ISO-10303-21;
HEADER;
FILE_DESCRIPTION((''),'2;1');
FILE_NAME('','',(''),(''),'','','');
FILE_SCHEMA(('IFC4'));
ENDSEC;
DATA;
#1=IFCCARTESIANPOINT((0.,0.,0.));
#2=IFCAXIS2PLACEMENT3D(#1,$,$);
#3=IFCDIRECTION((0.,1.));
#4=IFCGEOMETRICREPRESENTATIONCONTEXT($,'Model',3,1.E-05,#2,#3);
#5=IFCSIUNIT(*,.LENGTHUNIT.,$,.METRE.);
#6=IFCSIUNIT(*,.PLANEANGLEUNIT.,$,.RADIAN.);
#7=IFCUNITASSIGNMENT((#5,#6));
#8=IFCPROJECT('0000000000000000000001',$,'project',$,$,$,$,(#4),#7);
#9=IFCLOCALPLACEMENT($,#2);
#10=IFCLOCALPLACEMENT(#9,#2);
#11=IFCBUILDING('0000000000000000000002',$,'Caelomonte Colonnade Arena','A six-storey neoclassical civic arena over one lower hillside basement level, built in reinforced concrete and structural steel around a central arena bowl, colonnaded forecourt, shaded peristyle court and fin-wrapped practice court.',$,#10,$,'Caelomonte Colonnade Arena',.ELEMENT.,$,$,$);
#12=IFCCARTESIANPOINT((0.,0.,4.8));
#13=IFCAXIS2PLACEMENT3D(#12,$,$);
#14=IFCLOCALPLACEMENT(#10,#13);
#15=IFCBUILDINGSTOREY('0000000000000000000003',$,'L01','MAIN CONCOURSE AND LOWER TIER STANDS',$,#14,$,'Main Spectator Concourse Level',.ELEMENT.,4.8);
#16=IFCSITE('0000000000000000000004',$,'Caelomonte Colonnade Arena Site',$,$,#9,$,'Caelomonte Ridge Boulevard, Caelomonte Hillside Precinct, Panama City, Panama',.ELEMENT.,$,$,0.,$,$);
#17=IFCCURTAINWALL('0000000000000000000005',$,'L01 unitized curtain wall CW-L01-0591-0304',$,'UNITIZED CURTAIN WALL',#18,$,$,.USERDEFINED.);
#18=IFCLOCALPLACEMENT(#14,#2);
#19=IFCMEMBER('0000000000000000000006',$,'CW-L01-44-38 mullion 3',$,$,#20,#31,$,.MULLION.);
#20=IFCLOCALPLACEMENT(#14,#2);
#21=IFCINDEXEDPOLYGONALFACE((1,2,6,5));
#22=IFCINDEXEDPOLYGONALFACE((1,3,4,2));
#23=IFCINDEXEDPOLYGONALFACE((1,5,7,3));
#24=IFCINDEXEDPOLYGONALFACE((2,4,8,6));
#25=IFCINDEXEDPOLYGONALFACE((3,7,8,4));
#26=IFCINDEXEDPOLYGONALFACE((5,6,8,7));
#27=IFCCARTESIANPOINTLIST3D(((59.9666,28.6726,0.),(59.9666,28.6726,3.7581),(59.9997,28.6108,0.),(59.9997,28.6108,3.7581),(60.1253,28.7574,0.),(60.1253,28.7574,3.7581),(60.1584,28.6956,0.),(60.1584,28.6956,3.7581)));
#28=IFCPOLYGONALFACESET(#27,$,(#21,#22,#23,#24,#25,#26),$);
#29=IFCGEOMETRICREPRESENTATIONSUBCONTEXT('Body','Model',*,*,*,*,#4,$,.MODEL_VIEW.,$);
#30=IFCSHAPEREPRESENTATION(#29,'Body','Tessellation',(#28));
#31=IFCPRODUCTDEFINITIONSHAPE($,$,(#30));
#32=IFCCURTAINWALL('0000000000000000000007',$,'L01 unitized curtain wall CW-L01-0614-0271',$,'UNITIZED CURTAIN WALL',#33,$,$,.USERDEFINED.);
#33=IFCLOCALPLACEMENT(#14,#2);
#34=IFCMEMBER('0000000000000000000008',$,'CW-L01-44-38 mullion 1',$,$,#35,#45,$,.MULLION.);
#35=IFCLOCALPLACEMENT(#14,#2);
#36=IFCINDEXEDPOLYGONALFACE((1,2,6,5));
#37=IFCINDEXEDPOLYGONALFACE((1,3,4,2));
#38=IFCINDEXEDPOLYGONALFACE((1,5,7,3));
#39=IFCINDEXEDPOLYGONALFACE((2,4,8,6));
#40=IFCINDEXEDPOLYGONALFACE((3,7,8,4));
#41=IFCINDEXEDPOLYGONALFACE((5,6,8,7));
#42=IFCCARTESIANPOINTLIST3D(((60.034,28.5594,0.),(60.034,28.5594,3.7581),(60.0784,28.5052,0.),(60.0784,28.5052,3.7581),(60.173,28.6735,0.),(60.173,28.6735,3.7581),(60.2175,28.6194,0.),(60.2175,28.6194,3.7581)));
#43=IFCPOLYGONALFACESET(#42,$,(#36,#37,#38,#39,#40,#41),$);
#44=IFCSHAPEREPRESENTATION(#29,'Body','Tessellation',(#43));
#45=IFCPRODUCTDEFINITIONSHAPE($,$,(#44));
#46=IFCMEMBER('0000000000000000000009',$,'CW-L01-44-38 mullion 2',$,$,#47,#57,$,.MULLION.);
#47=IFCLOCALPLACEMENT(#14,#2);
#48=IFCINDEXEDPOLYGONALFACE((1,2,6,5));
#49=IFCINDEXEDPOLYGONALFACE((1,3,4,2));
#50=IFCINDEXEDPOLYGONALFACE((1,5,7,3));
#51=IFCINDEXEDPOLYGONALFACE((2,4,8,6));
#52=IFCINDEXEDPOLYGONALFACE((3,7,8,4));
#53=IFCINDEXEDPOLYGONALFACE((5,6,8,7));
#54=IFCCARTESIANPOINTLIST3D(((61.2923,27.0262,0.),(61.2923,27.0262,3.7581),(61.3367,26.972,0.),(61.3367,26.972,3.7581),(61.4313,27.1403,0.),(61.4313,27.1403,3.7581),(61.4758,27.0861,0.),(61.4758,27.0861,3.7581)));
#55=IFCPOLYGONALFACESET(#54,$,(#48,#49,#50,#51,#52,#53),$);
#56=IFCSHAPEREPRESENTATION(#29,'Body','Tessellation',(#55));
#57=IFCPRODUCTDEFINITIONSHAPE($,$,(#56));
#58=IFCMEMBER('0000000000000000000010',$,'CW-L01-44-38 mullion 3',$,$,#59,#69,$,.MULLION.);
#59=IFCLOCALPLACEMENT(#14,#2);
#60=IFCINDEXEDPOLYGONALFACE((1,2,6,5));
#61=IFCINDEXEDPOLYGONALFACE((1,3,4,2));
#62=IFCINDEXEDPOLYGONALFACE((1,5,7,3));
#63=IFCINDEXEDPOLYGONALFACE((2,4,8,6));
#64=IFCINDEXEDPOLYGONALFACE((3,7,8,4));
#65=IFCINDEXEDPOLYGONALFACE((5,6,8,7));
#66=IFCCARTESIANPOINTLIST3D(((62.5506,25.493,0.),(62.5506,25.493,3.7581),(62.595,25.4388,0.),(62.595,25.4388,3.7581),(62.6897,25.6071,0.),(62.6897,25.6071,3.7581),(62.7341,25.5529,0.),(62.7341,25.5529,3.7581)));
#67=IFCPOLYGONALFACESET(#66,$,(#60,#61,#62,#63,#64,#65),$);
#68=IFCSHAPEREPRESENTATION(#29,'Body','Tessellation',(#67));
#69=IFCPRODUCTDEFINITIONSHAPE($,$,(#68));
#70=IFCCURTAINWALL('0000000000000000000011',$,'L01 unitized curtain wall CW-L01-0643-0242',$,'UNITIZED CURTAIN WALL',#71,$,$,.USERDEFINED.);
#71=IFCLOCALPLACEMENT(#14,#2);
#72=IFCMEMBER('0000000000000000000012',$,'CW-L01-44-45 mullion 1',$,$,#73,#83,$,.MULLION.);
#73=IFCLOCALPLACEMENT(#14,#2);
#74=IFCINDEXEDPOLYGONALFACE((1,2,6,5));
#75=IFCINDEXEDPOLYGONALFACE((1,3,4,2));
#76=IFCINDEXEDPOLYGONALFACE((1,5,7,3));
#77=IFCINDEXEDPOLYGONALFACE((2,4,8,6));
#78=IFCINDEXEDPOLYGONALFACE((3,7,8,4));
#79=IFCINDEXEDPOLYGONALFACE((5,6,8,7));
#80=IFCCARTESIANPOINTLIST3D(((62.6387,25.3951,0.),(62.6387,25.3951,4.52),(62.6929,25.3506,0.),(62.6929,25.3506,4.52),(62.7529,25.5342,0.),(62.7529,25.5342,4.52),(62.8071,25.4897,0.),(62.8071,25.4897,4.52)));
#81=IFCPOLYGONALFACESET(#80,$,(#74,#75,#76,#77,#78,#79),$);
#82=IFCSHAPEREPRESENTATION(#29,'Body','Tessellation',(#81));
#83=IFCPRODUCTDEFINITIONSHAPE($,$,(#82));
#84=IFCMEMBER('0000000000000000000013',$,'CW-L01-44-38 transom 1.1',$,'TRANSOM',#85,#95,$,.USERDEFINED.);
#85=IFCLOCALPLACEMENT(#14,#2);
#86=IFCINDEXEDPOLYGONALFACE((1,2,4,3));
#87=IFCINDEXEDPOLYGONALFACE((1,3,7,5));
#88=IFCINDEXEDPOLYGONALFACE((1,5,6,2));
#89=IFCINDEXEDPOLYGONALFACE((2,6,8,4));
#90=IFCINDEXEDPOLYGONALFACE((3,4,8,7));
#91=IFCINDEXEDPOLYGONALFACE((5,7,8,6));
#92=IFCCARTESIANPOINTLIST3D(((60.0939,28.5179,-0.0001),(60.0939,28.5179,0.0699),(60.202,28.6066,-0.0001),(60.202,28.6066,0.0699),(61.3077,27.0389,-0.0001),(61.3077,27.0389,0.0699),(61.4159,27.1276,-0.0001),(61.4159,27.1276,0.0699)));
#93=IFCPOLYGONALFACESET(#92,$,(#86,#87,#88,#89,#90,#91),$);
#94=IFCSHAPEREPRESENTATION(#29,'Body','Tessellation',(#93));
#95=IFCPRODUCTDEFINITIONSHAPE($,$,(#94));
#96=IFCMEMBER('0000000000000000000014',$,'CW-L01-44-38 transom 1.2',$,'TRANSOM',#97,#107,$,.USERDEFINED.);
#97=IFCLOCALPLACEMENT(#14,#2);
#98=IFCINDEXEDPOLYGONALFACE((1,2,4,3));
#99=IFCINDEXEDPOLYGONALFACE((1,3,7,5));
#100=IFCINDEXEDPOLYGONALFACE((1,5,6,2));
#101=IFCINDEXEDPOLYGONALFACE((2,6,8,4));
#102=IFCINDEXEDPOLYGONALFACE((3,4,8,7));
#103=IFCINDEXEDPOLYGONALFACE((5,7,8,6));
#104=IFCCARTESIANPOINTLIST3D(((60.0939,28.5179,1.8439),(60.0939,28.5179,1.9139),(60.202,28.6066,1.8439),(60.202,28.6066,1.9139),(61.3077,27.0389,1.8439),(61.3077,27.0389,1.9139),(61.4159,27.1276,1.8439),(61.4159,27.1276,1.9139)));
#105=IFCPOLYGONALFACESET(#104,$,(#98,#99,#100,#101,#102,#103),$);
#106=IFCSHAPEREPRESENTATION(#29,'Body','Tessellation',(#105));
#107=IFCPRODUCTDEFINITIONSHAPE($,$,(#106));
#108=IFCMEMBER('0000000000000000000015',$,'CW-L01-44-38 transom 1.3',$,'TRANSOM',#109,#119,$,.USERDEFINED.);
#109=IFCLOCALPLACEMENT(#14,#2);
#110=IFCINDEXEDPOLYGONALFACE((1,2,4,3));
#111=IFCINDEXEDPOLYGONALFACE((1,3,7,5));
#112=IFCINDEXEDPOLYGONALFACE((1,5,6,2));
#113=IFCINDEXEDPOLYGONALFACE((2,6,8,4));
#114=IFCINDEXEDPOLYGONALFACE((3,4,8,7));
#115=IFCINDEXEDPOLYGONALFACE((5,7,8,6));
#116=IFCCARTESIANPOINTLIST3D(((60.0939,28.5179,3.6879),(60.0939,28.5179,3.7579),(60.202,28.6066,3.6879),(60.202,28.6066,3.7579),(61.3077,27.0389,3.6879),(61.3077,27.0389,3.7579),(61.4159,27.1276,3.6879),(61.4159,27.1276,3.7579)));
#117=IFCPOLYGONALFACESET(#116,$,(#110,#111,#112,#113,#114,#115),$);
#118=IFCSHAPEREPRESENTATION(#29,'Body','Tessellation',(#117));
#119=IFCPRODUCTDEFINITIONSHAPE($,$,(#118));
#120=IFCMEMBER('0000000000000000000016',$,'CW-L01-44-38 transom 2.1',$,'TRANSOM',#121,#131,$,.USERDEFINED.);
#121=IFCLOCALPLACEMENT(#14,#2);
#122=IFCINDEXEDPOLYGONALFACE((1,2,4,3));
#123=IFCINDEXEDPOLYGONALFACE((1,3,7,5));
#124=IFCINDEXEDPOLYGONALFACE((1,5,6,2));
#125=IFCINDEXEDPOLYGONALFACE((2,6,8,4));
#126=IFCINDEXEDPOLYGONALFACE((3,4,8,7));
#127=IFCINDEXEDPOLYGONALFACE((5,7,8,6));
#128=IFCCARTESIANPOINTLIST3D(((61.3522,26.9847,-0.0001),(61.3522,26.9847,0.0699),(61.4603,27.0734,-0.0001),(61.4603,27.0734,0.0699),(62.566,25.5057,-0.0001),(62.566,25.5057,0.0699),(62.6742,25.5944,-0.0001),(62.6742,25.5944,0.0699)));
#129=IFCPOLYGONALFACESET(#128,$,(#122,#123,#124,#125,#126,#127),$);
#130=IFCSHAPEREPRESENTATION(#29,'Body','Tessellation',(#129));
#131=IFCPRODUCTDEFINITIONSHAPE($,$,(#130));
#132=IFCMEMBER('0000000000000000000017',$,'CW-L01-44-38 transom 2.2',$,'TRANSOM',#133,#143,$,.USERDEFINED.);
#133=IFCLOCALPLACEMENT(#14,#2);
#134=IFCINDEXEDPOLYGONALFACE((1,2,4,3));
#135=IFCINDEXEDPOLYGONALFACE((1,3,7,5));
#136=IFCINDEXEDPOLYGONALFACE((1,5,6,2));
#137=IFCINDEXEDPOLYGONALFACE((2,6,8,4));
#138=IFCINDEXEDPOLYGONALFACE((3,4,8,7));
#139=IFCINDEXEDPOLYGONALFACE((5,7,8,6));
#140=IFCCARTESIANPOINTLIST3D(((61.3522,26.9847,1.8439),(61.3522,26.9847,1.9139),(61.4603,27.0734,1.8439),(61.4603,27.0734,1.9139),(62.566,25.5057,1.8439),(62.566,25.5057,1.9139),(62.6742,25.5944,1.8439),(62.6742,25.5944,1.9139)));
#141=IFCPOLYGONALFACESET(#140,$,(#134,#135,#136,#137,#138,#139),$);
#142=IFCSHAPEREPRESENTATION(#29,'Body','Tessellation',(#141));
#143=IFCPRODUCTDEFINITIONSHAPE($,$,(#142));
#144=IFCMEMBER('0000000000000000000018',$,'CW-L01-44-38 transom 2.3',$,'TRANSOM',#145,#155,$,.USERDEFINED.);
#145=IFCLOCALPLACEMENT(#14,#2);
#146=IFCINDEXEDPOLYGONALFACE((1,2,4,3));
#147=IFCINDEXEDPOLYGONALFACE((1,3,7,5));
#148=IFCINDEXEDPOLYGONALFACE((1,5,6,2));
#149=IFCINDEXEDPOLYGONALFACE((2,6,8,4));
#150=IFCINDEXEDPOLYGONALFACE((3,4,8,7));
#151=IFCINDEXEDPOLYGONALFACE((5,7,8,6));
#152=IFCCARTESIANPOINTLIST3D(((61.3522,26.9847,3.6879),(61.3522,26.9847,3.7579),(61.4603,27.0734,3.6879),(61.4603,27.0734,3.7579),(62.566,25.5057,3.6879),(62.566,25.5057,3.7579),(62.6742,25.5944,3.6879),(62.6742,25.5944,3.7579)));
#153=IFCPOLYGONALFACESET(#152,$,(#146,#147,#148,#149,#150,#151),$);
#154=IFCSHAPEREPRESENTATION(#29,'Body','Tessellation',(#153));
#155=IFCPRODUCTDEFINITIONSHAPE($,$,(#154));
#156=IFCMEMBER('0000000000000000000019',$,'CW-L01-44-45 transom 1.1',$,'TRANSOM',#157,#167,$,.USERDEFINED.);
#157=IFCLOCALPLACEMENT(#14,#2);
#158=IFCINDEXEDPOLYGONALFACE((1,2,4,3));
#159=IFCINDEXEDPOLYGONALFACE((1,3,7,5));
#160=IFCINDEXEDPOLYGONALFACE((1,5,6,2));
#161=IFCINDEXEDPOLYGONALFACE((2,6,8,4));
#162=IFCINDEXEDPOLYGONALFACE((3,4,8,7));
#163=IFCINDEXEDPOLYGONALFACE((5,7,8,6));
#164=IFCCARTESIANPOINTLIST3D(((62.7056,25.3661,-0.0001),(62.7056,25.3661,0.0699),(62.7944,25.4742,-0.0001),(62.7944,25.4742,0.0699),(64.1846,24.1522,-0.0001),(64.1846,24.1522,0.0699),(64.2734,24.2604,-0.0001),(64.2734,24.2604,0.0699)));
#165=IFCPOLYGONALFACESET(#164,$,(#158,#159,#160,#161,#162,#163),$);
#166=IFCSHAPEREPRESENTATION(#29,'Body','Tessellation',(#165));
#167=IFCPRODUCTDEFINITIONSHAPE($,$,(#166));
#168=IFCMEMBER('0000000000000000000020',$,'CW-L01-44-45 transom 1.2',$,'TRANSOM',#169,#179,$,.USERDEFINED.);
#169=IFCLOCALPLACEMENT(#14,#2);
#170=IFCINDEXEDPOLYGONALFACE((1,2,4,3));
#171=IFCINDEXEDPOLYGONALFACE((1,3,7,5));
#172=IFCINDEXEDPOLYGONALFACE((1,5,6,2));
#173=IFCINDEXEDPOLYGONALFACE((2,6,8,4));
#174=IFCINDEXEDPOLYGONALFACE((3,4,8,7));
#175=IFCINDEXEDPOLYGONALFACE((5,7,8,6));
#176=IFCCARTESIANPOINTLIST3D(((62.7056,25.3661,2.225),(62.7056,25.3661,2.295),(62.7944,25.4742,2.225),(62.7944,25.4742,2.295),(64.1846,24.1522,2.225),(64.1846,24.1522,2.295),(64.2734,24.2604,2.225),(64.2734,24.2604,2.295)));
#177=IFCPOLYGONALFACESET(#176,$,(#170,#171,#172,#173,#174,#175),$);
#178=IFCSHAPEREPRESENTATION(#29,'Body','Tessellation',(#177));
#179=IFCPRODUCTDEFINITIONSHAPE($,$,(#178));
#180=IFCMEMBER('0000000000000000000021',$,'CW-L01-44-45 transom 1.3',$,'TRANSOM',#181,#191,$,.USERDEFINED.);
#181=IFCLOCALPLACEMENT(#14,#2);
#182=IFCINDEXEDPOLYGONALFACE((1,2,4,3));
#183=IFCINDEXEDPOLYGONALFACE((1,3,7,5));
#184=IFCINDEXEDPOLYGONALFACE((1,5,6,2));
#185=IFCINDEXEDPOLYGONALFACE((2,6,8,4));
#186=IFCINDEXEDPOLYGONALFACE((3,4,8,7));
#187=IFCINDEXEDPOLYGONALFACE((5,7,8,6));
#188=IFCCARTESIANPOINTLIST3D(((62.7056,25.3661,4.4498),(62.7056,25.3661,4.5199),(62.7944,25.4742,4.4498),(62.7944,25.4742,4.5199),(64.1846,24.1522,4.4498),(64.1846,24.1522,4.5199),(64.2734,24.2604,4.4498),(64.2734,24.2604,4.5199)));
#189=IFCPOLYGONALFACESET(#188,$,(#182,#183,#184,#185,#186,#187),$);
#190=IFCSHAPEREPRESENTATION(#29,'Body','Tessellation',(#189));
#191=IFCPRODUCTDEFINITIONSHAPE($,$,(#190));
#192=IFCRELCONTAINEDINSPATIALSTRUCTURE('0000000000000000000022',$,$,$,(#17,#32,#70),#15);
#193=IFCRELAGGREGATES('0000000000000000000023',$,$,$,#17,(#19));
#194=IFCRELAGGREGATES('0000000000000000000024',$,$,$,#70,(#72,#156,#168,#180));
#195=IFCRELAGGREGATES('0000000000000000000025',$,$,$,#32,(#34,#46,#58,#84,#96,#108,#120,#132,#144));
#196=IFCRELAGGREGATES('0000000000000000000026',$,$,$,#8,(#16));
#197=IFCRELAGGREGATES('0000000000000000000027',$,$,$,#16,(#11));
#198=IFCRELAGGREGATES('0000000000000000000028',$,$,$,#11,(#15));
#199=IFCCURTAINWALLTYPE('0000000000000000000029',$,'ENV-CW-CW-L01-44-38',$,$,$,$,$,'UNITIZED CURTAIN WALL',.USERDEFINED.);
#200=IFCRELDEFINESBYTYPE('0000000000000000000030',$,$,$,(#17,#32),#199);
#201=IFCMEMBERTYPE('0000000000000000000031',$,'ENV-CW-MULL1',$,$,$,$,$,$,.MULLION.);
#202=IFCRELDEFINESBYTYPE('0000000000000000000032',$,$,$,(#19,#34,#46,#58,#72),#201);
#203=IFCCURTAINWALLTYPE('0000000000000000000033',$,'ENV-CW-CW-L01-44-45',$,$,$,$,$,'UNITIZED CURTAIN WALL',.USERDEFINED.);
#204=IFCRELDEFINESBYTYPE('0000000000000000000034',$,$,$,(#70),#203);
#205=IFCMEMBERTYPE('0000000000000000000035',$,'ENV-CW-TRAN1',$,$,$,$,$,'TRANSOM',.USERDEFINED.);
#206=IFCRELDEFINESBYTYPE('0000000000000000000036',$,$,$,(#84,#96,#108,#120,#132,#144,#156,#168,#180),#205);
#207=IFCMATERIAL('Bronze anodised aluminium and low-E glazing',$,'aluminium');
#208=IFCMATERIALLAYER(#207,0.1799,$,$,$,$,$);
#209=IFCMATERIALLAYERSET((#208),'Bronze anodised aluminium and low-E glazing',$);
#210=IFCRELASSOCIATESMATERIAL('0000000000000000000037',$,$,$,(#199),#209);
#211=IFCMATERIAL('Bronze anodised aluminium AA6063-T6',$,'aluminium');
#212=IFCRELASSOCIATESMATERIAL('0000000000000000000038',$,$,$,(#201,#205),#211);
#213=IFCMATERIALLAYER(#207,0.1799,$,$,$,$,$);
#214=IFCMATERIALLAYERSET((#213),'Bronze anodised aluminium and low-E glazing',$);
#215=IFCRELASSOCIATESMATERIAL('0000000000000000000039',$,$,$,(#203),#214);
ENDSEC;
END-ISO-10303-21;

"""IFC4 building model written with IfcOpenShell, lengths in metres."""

from ifc_helpers import new_model, si_unit, direction, frame, origin, origin_2d, place, context, subcontext, project, spatial, rectangle, extrude, material, layer, layer_set, material_profile, profile_set, type_object, element, aggregate, save


model = new_model("IFC4")

# Units and contexts
model_context = context("Model", 3, precision=1e-05, world=origin(), true_north=direction((0.0, 1.0)))
body_context = subcontext(model_context, "Body", "Model", "MODEL_VIEW")
ifc_project = project(units=[si_unit("LENGTHUNIT", "METRE"), si_unit("PLANEANGLEUNIT", "RADIAN")], contexts=[model_context])

# Site, building, storey
site_placement = place(None, origin())
site = spatial("IfcSite", under=ifc_project, at=site_placement, Name="Caelomonte Colonnade Arena Site", LongName="Caelomonte Ridge Boulevard, Caelomonte Hillside Precinct, Panama City, Panama", CompositionType="ELEMENT", RefElevation=0.0)
building_placement = place(site_placement, origin())
building = spatial("IfcBuilding", under=site, at=building_placement, Name="Caelomonte Colonnade Arena", Description="A six-storey neoclassical civic arena over one lower hillside basement level, built in reinforced concrete and structural steel around a central arena bowl, colonnaded forecourt, shaded peristyle court and fin-wrapped practice court.", LongName="Caelomonte Colonnade Arena", CompositionType="ELEMENT")
storey_placement = place(building_placement, frame((0.0, 0.0, 4.8)))
storey = spatial("IfcBuildingStorey", under=building, at=storey_placement, Name="L01", Description="MAIN CONCOURSE AND LOWER TIER STANDS", LongName="Main Spectator Concourse Level", CompositionType="ELEMENT", Elevation=4.8)

# Curtain wall, member
ifc_material_1 = material(Name="Bronze anodised aluminium and low-E glazing", Category="aluminium")
ifc_layer_1 = layer(ifc_material_1, 0.1799)
ifc_layer_set_1 = layer_set([ifc_layer_1], Name="Bronze anodised aluminium and low-E glazing")
curtain_wall_type_1 = type_object("IfcCurtainWallType", Name="ENV-CW-CW-L01-44-38", ElementType="UNITIZED CURTAIN WALL", PredefinedType="USERDEFINED", material=ifc_layer_set_1)
curtain_wall_1_placement = place(storey_placement, origin())
curtain_wall_1 = element("IfcCurtainWall", 1, at=curtain_wall_1_placement, inside=storey, type_object=curtain_wall_type_1, Name="L01 unitized curtain wall CW-L01-0591-0304", ObjectType="UNITIZED CURTAIN WALL", PredefinedType="USERDEFINED")
ifc_material_2 = material(Name="Bronze anodised aluminium AA6063-T6", Category="aluminium")
ifc_material_profile_1 = material_profile(ifc_material_2, rectangle(XDim=0.0701, YDim=0.1799, at=origin_2d()), Name="CWM-70X180")
ifc_profile_set_1 = profile_set([ifc_material_profile_1], Name="Bronze anodised aluminium AA6063-T6")
member_type_1 = type_object("IfcMemberType", Name="ENV-CW-MULL1", PredefinedType="MULLION", material=ifc_profile_set_1)
member_1_placement = place(storey_placement, frame((60.0625, 28.6841, 0.0), z_axis=(0.0, 0.0, 1.0), x_axis=(0.471394, -0.881923, 0.0)))
member_1 = element("IfcMember", 2, at=member_1_placement, type_object=member_type_1, Name="CW-L01-44-38 mullion 3", PredefinedType="MULLION", context=body_context, shape_type="SweptSolid", body=[
    extrude(rectangle(XDim=0.0701, YDim=0.1799, at=origin_2d()), origin(), (0.0, 0.0, 1.0), 3.7581),
])
aggregate(curtain_wall_1, [member_1])

# Curtain wall, members
curtain_wall_2_placement = place(storey_placement, origin())
curtain_wall_2 = element("IfcCurtainWall", 3, at=curtain_wall_2_placement, inside=storey, type_object=curtain_wall_type_1, Name="L01 unitized curtain wall CW-L01-0614-0271", ObjectType="UNITIZED CURTAIN WALL", PredefinedType="USERDEFINED")
member_2_placement = place(storey_placement, frame((60.1257, 28.5894, 0.0), z_axis=(0.0, 0.0, 1.0), x_axis=(0.634416, -0.772992, 0.0)))
member_2 = element("IfcMember", 4, at=member_2_placement, type_object=member_type_1, Name="CW-L01-44-38 mullion 1", PredefinedType="MULLION", context=body_context, shape_type="SweptSolid", body=[
    extrude(rectangle(XDim=0.0701, YDim=0.1799, at=origin_2d()), origin(), (0.0, 0.0, 1.0), 3.7581),
])
member_3_placement = place(storey_placement, frame((61.384, 27.0562, 0.0), z_axis=(0.0, 0.0, 1.0), x_axis=(0.634416, -0.772992, 0.0)))
member_3 = element("IfcMember", 5, at=member_3_placement, type_object=member_type_1, Name="CW-L01-44-38 mullion 2", PredefinedType="MULLION", context=body_context, shape_type="SweptSolid", body=[
    extrude(rectangle(XDim=0.0701, YDim=0.1799, at=origin_2d()), origin(), (0.0, 0.0, 1.0), 3.7581),
])
member_4_placement = place(storey_placement, frame((62.6423, 25.5229, 0.0), z_axis=(0.0, 0.0, 1.0), x_axis=(0.634416, -0.772992, 0.0)))
member_4 = element("IfcMember", 6, at=member_4_placement, type_object=member_type_1, Name="CW-L01-44-38 mullion 3", PredefinedType="MULLION", context=body_context, shape_type="SweptSolid", body=[
    extrude(rectangle(XDim=0.0701, YDim=0.1799, at=origin_2d()), origin(), (0.0, 0.0, 1.0), 3.7581),
])

# Curtain wall, member
ifc_layer_2 = layer(ifc_material_1, 0.1799)
ifc_layer_set_2 = layer_set([ifc_layer_2], Name="Bronze anodised aluminium and low-E glazing")
curtain_wall_type_2 = type_object("IfcCurtainWallType", Name="ENV-CW-CW-L01-44-45", ElementType="UNITIZED CURTAIN WALL", PredefinedType="USERDEFINED", material=ifc_layer_set_2)
curtain_wall_3_placement = place(storey_placement, origin())
curtain_wall_3 = element("IfcCurtainWall", 7, at=curtain_wall_3_placement, inside=storey, type_object=curtain_wall_type_2, Name="L01 unitized curtain wall CW-L01-0643-0242", ObjectType="UNITIZED CURTAIN WALL", PredefinedType="USERDEFINED")
member_5_placement = place(storey_placement, frame((62.7229, 25.4424, 0.0), z_axis=(0.0, 0.0, 1.0), x_axis=(0.772992, -0.634416, 0.0)))
member_5 = element("IfcMember", 8, at=member_5_placement, type_object=member_type_1, Name="CW-L01-44-45 mullion 1", PredefinedType="MULLION", context=body_context, shape_type="SweptSolid", body=[
    extrude(rectangle(XDim=0.0701, YDim=0.1799, at=origin_2d()), origin(), (0.0, 0.0, 1.0), 4.52),
])

# Members
ifc_material_profile_2 = material_profile(ifc_material_2, rectangle(XDim=0.0701, YDim=0.1399, at=origin_2d()), Name="CWT-70X140")
ifc_profile_set_2 = profile_set([ifc_material_profile_2], Name="Bronze anodised aluminium AA6063-T6")
member_type_2 = type_object("IfcMemberType", Name="ENV-CW-TRAN1", ElementType="TRANSOM", PredefinedType="USERDEFINED", material=ifc_profile_set_2)
member_6_placement = place(storey_placement, frame((60.1479, 28.5623, 0.0349), z_axis=(0.634418, -0.77299, 0.0), x_axis=(0.0, 0.0, 1.0)))
member_6 = element("IfcMember", 9, at=member_6_placement, type_object=member_type_2, Name="CW-L01-44-38 transom 1.1", ObjectType="TRANSOM", PredefinedType="USERDEFINED", context=body_context, shape_type="SweptSolid", body=[
    extrude(rectangle(XDim=0.0701, YDim=0.1399, at=origin_2d()), origin(), (0.0, 0.0, 1.0), 1.9133),
])
member_7_placement = place(storey_placement, frame((60.1479, 28.5623, 1.8789), z_axis=(0.634418, -0.77299, 0.0), x_axis=(0.0, 0.0, 1.0)))
member_7 = element("IfcMember", 10, at=member_7_placement, type_object=member_type_2, Name="CW-L01-44-38 transom 1.2", ObjectType="TRANSOM", PredefinedType="USERDEFINED", context=body_context, shape_type="SweptSolid", body=[
    extrude(rectangle(XDim=0.0701, YDim=0.1399, at=origin_2d()), origin(), (0.0, 0.0, 1.0), 1.9133),
])
member_8_placement = place(storey_placement, frame((60.1479, 28.5623, 3.7229), z_axis=(0.634418, -0.77299, 0.0), x_axis=(0.0, 0.0, 1.0)))
member_8 = element("IfcMember", 11, at=member_8_placement, type_object=member_type_2, Name="CW-L01-44-38 transom 1.3", ObjectType="TRANSOM", PredefinedType="USERDEFINED", context=body_context, shape_type="SweptSolid", body=[
    extrude(rectangle(XDim=0.0701, YDim=0.1399, at=origin_2d()), origin(), (0.0, 0.0, 1.0), 1.9133),
])
member_9_placement = place(storey_placement, frame((61.4062, 27.0291, 0.0349), z_axis=(0.634418, -0.77299, 0.0), x_axis=(0.0, 0.0, 1.0)))
member_9 = element("IfcMember", 12, at=member_9_placement, type_object=member_type_2, Name="CW-L01-44-38 transom 2.1", ObjectType="TRANSOM", PredefinedType="USERDEFINED", context=body_context, shape_type="SweptSolid", body=[
    extrude(rectangle(XDim=0.0701, YDim=0.1399, at=origin_2d()), origin(), (0.0, 0.0, 1.0), 1.9133),
])
member_10_placement = place(storey_placement, frame((61.4062, 27.0291, 1.8789), z_axis=(0.634418, -0.77299, 0.0), x_axis=(0.0, 0.0, 1.0)))
member_10 = element("IfcMember", 13, at=member_10_placement, type_object=member_type_2, Name="CW-L01-44-38 transom 2.2", ObjectType="TRANSOM", PredefinedType="USERDEFINED", context=body_context, shape_type="SweptSolid", body=[
    extrude(rectangle(XDim=0.0701, YDim=0.1399, at=origin_2d()), origin(), (0.0, 0.0, 1.0), 1.9133),
])
member_11_placement = place(storey_placement, frame((61.4062, 27.0291, 3.7229), z_axis=(0.634418, -0.77299, 0.0), x_axis=(0.0, 0.0, 1.0)))
member_11 = element("IfcMember", 14, at=member_11_placement, type_object=member_type_2, Name="CW-L01-44-38 transom 2.3", ObjectType="TRANSOM", PredefinedType="USERDEFINED", context=body_context, shape_type="SweptSolid", body=[
    extrude(rectangle(XDim=0.0701, YDim=0.1399, at=origin_2d()), origin(), (0.0, 0.0, 1.0), 1.9133),
])
member_12_placement = place(storey_placement, frame((62.75, 25.4202, 0.0349), z_axis=(0.77299, -0.634418, 0.0), x_axis=(0.0, 0.0, 1.0)))
member_12 = element("IfcMember", 15, at=member_12_placement, type_object=member_type_2, Name="CW-L01-44-45 transom 1.1", ObjectType="TRANSOM", PredefinedType="USERDEFINED", context=body_context, shape_type="SweptSolid", body=[
    extrude(rectangle(XDim=0.0701, YDim=0.1399, at=origin_2d()), origin(), (0.0, 0.0, 1.0), 1.9133),
])
member_13_placement = place(storey_placement, frame((62.75, 25.4202, 2.26), z_axis=(0.77299, -0.634418, 0.0), x_axis=(0.0, 0.0, 1.0)))
member_13 = element("IfcMember", 16, at=member_13_placement, type_object=member_type_2, Name="CW-L01-44-45 transom 1.2", ObjectType="TRANSOM", PredefinedType="USERDEFINED", context=body_context, shape_type="SweptSolid", body=[
    extrude(rectangle(XDim=0.0701, YDim=0.1399, at=origin_2d()), origin(), (0.0, 0.0, 1.0), 1.9133),
])
member_14_placement = place(storey_placement, frame((62.75, 25.4202, 4.4849), z_axis=(0.77299, -0.634418, 0.0), x_axis=(0.0, 0.0, 1.0)))
member_14 = element("IfcMember", 17, at=member_14_placement, type_object=member_type_2, Name="CW-L01-44-45 transom 1.3", ObjectType="TRANSOM", PredefinedType="USERDEFINED", context=body_context, shape_type="SweptSolid", body=[
    extrude(rectangle(XDim=0.0701, YDim=0.1399, at=origin_2d()), origin(), (0.0, 0.0, 1.0), 1.9133),
])
aggregate(curtain_wall_3, [member_5, member_12, member_13, member_14])

aggregate(curtain_wall_2, [member_2, member_3, member_4, member_6, member_7, member_8, member_9, member_10, member_11])

save(model, "model.ifc")
